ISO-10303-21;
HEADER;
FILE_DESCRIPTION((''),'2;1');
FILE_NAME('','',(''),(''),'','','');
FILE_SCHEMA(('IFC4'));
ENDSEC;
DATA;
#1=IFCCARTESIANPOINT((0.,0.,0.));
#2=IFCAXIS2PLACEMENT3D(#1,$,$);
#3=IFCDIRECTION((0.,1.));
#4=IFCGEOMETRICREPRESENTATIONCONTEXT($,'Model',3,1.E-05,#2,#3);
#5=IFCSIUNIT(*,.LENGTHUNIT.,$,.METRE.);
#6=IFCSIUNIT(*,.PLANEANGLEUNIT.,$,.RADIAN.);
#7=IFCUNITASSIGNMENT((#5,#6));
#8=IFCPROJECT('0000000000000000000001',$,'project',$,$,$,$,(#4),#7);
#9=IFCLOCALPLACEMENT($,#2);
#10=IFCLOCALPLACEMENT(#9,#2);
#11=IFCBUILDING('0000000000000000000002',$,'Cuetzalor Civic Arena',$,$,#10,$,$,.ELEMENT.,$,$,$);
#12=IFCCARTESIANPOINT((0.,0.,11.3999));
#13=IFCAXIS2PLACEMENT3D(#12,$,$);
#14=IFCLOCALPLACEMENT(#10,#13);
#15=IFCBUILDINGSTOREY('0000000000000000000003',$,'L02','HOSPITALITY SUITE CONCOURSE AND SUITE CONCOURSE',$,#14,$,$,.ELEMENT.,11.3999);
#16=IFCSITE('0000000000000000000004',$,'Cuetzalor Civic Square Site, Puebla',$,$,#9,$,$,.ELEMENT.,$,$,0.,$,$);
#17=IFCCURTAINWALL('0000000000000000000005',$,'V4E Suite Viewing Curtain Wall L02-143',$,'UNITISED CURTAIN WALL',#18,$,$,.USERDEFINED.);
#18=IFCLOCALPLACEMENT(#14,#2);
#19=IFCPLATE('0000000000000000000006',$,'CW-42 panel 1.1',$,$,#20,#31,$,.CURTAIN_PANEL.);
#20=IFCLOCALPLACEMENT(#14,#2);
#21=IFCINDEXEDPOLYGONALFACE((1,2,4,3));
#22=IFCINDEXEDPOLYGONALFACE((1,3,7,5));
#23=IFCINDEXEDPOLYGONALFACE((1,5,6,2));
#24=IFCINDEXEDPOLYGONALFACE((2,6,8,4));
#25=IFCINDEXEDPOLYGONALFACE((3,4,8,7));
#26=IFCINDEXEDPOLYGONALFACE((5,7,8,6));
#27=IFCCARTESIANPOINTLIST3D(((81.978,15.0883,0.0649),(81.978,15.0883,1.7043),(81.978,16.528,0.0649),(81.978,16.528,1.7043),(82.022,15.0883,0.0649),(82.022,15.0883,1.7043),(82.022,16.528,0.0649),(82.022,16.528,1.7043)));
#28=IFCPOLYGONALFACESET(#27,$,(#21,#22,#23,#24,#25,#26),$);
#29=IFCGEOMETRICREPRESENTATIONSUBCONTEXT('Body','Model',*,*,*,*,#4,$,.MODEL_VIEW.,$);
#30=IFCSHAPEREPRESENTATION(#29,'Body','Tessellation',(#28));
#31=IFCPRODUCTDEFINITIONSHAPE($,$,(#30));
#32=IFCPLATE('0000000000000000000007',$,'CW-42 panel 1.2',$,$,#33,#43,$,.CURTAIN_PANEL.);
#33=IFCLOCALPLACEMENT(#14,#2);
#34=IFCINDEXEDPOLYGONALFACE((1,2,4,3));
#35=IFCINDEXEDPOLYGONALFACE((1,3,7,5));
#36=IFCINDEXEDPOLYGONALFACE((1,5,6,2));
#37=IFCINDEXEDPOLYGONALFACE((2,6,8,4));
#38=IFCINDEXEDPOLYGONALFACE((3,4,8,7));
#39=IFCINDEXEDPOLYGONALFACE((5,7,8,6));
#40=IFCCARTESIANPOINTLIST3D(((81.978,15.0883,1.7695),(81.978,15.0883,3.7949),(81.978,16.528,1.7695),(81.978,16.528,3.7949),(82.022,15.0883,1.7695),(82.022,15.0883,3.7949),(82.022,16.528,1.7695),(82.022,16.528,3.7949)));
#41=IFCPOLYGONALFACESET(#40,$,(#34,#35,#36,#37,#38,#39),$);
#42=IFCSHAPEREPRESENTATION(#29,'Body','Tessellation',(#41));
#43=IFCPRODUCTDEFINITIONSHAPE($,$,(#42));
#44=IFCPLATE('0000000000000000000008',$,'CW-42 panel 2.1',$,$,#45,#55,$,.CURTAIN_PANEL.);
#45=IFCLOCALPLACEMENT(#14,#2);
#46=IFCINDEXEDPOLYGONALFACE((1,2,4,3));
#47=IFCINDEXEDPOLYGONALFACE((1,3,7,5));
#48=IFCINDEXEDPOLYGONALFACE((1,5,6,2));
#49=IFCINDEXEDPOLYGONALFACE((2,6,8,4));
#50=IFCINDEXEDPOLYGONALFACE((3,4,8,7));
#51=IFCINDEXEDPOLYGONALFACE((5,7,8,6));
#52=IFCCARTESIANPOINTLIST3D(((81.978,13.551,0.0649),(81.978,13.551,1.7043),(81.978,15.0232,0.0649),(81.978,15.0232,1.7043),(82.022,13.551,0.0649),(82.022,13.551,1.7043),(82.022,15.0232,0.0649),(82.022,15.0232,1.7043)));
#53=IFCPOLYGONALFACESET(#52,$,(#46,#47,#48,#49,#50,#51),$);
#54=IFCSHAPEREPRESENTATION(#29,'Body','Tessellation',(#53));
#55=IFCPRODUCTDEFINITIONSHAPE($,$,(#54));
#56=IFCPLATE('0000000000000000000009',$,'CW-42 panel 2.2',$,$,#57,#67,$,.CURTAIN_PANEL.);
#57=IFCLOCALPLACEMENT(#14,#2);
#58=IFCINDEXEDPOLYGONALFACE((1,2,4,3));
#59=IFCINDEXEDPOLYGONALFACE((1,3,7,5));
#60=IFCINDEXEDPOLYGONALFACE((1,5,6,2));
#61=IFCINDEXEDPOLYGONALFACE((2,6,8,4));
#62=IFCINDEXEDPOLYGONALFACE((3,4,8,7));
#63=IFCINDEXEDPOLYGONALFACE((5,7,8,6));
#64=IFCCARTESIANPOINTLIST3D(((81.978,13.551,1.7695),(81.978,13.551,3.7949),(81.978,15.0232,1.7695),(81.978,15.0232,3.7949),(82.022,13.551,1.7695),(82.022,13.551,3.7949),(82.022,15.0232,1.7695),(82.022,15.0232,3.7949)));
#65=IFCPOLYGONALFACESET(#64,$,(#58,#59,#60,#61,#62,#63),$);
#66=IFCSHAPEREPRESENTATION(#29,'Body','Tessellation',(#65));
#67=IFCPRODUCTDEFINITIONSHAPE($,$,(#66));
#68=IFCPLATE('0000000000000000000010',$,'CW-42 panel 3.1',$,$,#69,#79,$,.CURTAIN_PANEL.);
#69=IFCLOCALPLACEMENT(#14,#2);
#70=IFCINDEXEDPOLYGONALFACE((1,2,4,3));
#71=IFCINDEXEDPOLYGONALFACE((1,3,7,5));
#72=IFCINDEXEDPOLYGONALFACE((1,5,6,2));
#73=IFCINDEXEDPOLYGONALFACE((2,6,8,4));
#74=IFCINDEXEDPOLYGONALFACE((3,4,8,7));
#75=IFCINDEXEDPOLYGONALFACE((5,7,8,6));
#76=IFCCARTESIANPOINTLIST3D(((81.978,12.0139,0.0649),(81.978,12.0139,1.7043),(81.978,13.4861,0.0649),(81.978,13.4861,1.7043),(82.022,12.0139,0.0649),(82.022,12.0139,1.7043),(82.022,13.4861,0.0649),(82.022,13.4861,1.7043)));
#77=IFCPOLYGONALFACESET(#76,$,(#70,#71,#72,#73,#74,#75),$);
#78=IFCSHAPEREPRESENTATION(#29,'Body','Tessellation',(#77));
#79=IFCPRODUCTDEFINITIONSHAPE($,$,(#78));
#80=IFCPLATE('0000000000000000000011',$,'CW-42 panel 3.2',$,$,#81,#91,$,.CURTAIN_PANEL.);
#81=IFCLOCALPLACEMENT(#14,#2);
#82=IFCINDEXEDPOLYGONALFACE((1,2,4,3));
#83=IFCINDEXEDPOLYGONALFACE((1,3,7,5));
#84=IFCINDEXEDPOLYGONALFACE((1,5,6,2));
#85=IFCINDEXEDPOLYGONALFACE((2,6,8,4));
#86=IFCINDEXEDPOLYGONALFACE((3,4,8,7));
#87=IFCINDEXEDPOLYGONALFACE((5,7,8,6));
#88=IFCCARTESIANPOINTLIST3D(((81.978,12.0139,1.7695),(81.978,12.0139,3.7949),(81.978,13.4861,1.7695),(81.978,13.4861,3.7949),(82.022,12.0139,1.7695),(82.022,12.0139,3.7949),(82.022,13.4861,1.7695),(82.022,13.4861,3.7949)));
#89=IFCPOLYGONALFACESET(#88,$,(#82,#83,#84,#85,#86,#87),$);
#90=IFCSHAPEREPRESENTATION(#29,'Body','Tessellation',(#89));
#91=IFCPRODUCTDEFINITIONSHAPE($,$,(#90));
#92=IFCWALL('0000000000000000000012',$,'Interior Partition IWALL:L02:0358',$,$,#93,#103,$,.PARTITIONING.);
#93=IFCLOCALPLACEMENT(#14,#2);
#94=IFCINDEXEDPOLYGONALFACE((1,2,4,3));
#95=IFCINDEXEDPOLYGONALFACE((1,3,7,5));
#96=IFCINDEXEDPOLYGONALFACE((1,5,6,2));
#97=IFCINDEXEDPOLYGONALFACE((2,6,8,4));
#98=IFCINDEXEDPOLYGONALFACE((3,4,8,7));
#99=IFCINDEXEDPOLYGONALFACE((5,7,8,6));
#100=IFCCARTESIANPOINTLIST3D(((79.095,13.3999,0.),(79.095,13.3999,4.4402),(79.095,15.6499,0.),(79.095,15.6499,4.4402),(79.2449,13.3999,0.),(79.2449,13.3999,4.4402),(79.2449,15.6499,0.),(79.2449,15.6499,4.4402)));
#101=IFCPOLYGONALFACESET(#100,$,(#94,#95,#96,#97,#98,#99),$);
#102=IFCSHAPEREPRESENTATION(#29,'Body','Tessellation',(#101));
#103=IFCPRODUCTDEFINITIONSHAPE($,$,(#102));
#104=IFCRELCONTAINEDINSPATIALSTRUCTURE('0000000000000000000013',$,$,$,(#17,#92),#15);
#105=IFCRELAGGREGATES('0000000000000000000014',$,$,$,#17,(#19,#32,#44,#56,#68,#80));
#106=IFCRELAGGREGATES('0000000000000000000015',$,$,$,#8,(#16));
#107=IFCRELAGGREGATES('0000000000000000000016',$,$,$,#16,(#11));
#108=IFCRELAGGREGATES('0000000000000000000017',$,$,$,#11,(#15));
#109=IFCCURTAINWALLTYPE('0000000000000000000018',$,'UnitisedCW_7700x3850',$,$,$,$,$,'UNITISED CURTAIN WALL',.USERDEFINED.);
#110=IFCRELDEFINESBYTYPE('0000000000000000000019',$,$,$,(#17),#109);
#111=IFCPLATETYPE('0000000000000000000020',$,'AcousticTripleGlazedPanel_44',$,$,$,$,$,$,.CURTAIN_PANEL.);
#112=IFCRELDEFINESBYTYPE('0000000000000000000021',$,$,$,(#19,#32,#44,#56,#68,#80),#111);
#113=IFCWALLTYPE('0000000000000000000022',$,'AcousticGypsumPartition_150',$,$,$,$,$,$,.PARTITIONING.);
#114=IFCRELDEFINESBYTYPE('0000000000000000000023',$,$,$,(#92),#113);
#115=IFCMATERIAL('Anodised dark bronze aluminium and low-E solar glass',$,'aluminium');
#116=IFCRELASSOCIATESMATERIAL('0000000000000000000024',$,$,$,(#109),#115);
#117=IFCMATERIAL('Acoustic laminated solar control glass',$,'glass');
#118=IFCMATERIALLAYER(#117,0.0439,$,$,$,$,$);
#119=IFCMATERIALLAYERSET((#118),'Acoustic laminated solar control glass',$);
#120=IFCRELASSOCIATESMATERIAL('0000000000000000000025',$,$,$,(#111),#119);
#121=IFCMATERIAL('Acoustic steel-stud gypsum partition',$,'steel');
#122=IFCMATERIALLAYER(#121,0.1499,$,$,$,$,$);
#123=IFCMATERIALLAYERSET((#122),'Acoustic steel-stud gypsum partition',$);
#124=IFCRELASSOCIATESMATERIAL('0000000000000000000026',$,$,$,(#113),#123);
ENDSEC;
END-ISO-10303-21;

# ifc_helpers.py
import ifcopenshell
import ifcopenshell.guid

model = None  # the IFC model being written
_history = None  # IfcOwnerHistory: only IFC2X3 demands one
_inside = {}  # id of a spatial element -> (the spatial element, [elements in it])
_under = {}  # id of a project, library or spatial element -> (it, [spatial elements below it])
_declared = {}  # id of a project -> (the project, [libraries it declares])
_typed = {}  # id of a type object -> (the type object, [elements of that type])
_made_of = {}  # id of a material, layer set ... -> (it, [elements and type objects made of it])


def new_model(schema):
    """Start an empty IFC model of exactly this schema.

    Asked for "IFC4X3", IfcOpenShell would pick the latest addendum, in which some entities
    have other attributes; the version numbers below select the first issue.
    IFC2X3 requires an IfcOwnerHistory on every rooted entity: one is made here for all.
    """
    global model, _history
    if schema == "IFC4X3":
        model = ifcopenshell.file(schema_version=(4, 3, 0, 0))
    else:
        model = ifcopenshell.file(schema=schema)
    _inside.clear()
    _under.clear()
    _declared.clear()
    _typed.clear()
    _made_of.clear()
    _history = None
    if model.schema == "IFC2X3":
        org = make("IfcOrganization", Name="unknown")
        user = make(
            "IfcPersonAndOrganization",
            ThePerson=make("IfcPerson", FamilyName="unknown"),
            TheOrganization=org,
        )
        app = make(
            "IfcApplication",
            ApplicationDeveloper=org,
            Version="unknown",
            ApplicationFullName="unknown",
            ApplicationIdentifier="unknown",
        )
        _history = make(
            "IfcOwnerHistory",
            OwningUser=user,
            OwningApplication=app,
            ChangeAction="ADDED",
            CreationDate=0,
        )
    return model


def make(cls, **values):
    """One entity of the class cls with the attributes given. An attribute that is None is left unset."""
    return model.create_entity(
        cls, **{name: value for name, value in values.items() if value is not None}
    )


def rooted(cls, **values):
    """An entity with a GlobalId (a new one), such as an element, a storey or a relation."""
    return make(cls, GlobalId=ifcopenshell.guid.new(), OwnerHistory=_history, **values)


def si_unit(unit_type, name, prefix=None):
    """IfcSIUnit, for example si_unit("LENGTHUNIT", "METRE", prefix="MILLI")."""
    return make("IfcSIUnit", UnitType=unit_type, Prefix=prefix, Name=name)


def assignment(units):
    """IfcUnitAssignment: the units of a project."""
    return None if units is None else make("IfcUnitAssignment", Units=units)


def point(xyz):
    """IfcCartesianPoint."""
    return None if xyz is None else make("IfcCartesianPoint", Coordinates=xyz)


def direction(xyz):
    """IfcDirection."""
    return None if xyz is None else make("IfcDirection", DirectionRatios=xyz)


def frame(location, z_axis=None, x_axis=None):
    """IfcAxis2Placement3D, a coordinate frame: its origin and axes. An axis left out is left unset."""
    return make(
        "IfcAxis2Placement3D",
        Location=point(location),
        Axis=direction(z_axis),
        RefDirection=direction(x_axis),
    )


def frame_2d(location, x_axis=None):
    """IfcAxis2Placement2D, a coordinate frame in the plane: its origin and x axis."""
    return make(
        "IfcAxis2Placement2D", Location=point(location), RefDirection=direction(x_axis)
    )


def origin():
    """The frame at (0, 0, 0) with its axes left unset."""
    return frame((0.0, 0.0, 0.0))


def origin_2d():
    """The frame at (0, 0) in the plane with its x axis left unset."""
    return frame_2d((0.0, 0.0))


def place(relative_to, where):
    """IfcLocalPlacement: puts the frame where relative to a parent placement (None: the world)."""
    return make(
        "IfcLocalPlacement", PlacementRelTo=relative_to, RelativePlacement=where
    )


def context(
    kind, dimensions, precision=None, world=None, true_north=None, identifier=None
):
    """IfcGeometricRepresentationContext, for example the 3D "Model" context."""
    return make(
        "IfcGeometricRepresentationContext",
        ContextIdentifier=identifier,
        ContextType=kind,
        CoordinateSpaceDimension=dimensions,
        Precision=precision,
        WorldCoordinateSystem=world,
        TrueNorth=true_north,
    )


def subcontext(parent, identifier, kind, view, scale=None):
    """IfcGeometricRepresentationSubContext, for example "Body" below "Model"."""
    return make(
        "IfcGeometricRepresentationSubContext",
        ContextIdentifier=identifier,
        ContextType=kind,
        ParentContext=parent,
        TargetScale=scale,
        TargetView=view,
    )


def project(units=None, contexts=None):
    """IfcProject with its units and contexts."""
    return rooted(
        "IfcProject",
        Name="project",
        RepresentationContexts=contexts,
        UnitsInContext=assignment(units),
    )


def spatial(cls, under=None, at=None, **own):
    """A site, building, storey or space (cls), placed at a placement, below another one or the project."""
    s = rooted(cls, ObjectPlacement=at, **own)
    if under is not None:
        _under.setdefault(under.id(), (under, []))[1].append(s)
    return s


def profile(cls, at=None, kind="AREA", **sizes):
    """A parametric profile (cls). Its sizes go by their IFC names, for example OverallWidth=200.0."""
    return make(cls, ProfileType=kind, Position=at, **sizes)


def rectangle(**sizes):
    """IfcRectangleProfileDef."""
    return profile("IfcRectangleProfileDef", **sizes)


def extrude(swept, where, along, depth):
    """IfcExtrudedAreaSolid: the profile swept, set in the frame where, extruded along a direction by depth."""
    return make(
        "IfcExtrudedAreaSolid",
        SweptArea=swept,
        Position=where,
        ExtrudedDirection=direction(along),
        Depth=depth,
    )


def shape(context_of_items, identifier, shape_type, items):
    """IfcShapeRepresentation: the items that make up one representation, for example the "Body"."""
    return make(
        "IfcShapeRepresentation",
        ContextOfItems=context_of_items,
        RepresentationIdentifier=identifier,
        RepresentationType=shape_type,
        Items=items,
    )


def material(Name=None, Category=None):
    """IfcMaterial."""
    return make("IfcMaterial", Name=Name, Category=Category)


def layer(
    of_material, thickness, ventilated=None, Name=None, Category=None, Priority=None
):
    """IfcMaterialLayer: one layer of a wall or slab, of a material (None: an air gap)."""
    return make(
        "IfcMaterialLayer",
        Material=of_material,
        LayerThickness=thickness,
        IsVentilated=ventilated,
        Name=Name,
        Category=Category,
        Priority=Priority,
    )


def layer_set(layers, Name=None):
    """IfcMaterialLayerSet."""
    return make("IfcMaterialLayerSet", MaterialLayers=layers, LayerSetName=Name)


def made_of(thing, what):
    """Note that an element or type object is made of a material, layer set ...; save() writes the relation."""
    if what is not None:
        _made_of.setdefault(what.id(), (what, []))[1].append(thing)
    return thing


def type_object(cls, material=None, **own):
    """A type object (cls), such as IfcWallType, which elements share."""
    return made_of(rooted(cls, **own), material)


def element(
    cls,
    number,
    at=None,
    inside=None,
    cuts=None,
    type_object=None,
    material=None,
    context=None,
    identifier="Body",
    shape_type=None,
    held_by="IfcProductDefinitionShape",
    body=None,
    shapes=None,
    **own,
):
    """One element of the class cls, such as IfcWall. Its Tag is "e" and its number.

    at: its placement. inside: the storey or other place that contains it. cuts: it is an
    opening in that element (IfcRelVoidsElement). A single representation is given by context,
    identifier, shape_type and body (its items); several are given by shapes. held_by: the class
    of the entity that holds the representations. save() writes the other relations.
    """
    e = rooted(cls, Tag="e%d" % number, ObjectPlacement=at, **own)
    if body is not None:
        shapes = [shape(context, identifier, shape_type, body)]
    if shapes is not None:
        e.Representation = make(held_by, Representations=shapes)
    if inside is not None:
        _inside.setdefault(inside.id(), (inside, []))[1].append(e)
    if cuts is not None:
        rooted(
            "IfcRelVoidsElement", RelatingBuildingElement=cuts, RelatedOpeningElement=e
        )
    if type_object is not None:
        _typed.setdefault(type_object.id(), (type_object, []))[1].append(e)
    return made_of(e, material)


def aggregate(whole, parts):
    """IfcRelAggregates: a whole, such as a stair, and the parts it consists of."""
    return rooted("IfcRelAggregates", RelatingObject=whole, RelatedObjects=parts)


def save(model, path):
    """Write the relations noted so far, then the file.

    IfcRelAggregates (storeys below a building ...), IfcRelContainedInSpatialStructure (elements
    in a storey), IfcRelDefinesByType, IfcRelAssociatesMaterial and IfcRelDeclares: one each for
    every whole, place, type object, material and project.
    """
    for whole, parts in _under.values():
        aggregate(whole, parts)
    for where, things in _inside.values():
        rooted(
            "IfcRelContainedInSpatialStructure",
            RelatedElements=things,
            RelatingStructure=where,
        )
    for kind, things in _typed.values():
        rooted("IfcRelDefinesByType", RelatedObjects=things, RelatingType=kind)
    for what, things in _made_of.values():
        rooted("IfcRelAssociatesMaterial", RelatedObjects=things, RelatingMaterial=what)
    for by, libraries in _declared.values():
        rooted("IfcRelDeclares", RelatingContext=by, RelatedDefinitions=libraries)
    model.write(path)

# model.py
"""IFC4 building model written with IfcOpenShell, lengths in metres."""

from ifc_helpers import new_model, si_unit, direction, frame, frame_2d, origin, origin_2d, place, context, subcontext, project, spatial, rectangle, extrude, material, layer, layer_set, type_object, element, aggregate, save


model = new_model("IFC4")

# Units and contexts
model_context = context("Model", 3, precision=1e-05, world=origin(), true_north=direction((0.0, 1.0)))
body_context = subcontext(model_context, "Body", "Model", "MODEL_VIEW")
ifc_project = project(units=[si_unit("LENGTHUNIT", "METRE"), si_unit("PLANEANGLEUNIT", "RADIAN")], contexts=[model_context])

# Site, building, storey
site_placement = place(None, origin())
site = spatial("IfcSite", under=ifc_project, at=site_placement, Name="Cuetzalor Civic Square Site, Puebla", CompositionType="ELEMENT", RefElevation=0.0)
building_placement = place(site_placement, origin())
building = spatial("IfcBuilding", under=site, at=building_placement, Name="Cuetzalor Civic Arena", CompositionType="ELEMENT")
storey_placement = place(building_placement, frame((0.0, 0.0, 11.3999)))
storey = spatial("IfcBuildingStorey", under=building, at=storey_placement, Name="L02", Description="HOSPITALITY SUITE CONCOURSE AND SUITE CONCOURSE", CompositionType="ELEMENT", Elevation=11.3999)

# Curtain wall, plates
ifc_material_1 = material(Name="Anodised dark bronze aluminium and low-E solar glass", Category="aluminium")
curtain_wall_type = type_object("IfcCurtainWallType", Name="UnitisedCW_7700x3850", ElementType="UNITISED CURTAIN WALL", PredefinedType="USERDEFINED", material=ifc_material_1)
curtain_wall_placement = place(storey_placement, origin())
curtain_wall = element("IfcCurtainWall", 1, at=curtain_wall_placement, inside=storey, type_object=curtain_wall_type, Name="V4E Suite Viewing Curtain Wall L02-143", ObjectType="UNITISED CURTAIN WALL", PredefinedType="USERDEFINED")
ifc_material_2 = material(Name="Acoustic laminated solar control glass", Category="glass")
ifc_layer_1 = layer(ifc_material_2, 0.0439)
ifc_layer_set_1 = layer_set([ifc_layer_1], Name="Acoustic laminated solar control glass")
plate_type = type_object("IfcPlateType", Name="AcousticTripleGlazedPanel_44", PredefinedType="CURTAIN_PANEL", material=ifc_layer_set_1)
plate_1_placement = place(storey_placement, frame((82.0, 15.8081, 0.0649), z_axis=(0.0, 0.0, 1.0), x_axis=(0.0, -1.0, 0.0)))
plate_1 = element("IfcPlate", 2, at=plate_1_placement, type_object=plate_type, Name="CW-42 panel 1.1", PredefinedType="CURTAIN_PANEL", context=body_context, shape_type="SweptSolid", body=[
    extrude(rectangle(XDim=1.4397, YDim=0.0439, at=origin_2d()), origin(), (0.0, 0.0, 1.0), 1.6394),
])
plate_2_placement = place(storey_placement, frame((82.0, 15.8081, 1.7695), z_axis=(0.0, 0.0, 1.0), x_axis=(0.0, -1.0, 0.0)))
plate_2 = element("IfcPlate", 3, at=plate_2_placement, type_object=plate_type, Name="CW-42 panel 1.2", PredefinedType="CURTAIN_PANEL", context=body_context, shape_type="SweptSolid", body=[
    extrude(rectangle(XDim=1.4397, YDim=0.0439, at=origin_2d()), origin(), (0.0, 0.0, 1.0), 2.0254),
])
plate_3_placement = place(storey_placement, frame((82.0, 14.2871, 0.0649), z_axis=(0.0, 0.0, 1.0), x_axis=(0.0, -1.0, 0.0)))
plate_3 = element("IfcPlate", 4, at=plate_3_placement, type_object=plate_type, Name="CW-42 panel 2.1", PredefinedType="CURTAIN_PANEL", context=body_context, shape_type="SweptSolid", body=[
    extrude(rectangle(XDim=1.4722, YDim=0.0439, at=origin_2d()), origin(), (0.0, 0.0, 1.0), 1.6394),
])
plate_4_placement = place(storey_placement, frame((82.0, 14.2871, 1.7695), z_axis=(0.0, 0.0, 1.0), x_axis=(0.0, -1.0, 0.0)))
plate_4 = element("IfcPlate", 5, at=plate_4_placement, type_object=plate_type, Name="CW-42 panel 2.2", PredefinedType="CURTAIN_PANEL", context=body_context, shape_type="SweptSolid", body=[
    extrude(rectangle(XDim=1.4722, YDim=0.0439, at=origin_2d()), origin(), (0.0, 0.0, 1.0), 2.0254),
])
plate_5_placement = place(storey_placement, frame((82.0, 12.75, 0.0649), z_axis=(0.0, 0.0, 1.0), x_axis=(0.0, -1.0, 0.0)))
plate_5 = element("IfcPlate", 6, at=plate_5_placement, type_object=plate_type, Name="CW-42 panel 3.1", PredefinedType="CURTAIN_PANEL", context=body_context, shape_type="SweptSolid", body=[
    extrude(rectangle(XDim=1.4722, YDim=0.0439, at=origin_2d()), origin(), (0.0, 0.0, 1.0), 1.6394),
])
plate_6_placement = place(storey_placement, frame((82.0, 12.75, 1.7695), z_axis=(0.0, 0.0, 1.0), x_axis=(0.0, -1.0, 0.0)))
plate_6 = element("IfcPlate", 7, at=plate_6_placement, type_object=plate_type, Name="CW-42 panel 3.2", PredefinedType="CURTAIN_PANEL", context=body_context, shape_type="SweptSolid", body=[
    extrude(rectangle(XDim=1.4722, YDim=0.0439, at=origin_2d()), origin(), (0.0, 0.0, 1.0), 2.0254),
])
aggregate(curtain_wall, [plate_1, plate_2, plate_3, plate_4, plate_5, plate_6])

# Shared definitions
ifc_material_3 = material(Name="Acoustic steel-stud gypsum partition", Category="steel")
ifc_layer_2 = layer(ifc_material_3, 0.1499)
ifc_layer_set_2 = layer_set([ifc_layer_2], Name="Acoustic steel-stud gypsum partition")
wall_type = type_object("IfcWallType", Name="AcousticGypsumPartition_150", PredefinedType="PARTITIONING", material=ifc_layer_set_2)

# Wall
wall_1_placement = place(storey_placement, frame((79.1699, 13.3999, 0.0), z_axis=(0.0, 0.0, 1.0), x_axis=(0.0, 1.0, 0.0)))
element("IfcWall", 8, at=wall_1_placement, inside=storey, type_object=wall_type, Name="Interior Partition IWALL:L02:0358", PredefinedType="PARTITIONING", context=body_context, shape_type="SweptSolid", body=[
    extrude(rectangle(XDim=2.25, YDim=0.1499, at=frame_2d((1.125, 0.0))), origin(), (0.0, 0.0, 1.0), 4.4402),
])

save(model, "model.ifc")
